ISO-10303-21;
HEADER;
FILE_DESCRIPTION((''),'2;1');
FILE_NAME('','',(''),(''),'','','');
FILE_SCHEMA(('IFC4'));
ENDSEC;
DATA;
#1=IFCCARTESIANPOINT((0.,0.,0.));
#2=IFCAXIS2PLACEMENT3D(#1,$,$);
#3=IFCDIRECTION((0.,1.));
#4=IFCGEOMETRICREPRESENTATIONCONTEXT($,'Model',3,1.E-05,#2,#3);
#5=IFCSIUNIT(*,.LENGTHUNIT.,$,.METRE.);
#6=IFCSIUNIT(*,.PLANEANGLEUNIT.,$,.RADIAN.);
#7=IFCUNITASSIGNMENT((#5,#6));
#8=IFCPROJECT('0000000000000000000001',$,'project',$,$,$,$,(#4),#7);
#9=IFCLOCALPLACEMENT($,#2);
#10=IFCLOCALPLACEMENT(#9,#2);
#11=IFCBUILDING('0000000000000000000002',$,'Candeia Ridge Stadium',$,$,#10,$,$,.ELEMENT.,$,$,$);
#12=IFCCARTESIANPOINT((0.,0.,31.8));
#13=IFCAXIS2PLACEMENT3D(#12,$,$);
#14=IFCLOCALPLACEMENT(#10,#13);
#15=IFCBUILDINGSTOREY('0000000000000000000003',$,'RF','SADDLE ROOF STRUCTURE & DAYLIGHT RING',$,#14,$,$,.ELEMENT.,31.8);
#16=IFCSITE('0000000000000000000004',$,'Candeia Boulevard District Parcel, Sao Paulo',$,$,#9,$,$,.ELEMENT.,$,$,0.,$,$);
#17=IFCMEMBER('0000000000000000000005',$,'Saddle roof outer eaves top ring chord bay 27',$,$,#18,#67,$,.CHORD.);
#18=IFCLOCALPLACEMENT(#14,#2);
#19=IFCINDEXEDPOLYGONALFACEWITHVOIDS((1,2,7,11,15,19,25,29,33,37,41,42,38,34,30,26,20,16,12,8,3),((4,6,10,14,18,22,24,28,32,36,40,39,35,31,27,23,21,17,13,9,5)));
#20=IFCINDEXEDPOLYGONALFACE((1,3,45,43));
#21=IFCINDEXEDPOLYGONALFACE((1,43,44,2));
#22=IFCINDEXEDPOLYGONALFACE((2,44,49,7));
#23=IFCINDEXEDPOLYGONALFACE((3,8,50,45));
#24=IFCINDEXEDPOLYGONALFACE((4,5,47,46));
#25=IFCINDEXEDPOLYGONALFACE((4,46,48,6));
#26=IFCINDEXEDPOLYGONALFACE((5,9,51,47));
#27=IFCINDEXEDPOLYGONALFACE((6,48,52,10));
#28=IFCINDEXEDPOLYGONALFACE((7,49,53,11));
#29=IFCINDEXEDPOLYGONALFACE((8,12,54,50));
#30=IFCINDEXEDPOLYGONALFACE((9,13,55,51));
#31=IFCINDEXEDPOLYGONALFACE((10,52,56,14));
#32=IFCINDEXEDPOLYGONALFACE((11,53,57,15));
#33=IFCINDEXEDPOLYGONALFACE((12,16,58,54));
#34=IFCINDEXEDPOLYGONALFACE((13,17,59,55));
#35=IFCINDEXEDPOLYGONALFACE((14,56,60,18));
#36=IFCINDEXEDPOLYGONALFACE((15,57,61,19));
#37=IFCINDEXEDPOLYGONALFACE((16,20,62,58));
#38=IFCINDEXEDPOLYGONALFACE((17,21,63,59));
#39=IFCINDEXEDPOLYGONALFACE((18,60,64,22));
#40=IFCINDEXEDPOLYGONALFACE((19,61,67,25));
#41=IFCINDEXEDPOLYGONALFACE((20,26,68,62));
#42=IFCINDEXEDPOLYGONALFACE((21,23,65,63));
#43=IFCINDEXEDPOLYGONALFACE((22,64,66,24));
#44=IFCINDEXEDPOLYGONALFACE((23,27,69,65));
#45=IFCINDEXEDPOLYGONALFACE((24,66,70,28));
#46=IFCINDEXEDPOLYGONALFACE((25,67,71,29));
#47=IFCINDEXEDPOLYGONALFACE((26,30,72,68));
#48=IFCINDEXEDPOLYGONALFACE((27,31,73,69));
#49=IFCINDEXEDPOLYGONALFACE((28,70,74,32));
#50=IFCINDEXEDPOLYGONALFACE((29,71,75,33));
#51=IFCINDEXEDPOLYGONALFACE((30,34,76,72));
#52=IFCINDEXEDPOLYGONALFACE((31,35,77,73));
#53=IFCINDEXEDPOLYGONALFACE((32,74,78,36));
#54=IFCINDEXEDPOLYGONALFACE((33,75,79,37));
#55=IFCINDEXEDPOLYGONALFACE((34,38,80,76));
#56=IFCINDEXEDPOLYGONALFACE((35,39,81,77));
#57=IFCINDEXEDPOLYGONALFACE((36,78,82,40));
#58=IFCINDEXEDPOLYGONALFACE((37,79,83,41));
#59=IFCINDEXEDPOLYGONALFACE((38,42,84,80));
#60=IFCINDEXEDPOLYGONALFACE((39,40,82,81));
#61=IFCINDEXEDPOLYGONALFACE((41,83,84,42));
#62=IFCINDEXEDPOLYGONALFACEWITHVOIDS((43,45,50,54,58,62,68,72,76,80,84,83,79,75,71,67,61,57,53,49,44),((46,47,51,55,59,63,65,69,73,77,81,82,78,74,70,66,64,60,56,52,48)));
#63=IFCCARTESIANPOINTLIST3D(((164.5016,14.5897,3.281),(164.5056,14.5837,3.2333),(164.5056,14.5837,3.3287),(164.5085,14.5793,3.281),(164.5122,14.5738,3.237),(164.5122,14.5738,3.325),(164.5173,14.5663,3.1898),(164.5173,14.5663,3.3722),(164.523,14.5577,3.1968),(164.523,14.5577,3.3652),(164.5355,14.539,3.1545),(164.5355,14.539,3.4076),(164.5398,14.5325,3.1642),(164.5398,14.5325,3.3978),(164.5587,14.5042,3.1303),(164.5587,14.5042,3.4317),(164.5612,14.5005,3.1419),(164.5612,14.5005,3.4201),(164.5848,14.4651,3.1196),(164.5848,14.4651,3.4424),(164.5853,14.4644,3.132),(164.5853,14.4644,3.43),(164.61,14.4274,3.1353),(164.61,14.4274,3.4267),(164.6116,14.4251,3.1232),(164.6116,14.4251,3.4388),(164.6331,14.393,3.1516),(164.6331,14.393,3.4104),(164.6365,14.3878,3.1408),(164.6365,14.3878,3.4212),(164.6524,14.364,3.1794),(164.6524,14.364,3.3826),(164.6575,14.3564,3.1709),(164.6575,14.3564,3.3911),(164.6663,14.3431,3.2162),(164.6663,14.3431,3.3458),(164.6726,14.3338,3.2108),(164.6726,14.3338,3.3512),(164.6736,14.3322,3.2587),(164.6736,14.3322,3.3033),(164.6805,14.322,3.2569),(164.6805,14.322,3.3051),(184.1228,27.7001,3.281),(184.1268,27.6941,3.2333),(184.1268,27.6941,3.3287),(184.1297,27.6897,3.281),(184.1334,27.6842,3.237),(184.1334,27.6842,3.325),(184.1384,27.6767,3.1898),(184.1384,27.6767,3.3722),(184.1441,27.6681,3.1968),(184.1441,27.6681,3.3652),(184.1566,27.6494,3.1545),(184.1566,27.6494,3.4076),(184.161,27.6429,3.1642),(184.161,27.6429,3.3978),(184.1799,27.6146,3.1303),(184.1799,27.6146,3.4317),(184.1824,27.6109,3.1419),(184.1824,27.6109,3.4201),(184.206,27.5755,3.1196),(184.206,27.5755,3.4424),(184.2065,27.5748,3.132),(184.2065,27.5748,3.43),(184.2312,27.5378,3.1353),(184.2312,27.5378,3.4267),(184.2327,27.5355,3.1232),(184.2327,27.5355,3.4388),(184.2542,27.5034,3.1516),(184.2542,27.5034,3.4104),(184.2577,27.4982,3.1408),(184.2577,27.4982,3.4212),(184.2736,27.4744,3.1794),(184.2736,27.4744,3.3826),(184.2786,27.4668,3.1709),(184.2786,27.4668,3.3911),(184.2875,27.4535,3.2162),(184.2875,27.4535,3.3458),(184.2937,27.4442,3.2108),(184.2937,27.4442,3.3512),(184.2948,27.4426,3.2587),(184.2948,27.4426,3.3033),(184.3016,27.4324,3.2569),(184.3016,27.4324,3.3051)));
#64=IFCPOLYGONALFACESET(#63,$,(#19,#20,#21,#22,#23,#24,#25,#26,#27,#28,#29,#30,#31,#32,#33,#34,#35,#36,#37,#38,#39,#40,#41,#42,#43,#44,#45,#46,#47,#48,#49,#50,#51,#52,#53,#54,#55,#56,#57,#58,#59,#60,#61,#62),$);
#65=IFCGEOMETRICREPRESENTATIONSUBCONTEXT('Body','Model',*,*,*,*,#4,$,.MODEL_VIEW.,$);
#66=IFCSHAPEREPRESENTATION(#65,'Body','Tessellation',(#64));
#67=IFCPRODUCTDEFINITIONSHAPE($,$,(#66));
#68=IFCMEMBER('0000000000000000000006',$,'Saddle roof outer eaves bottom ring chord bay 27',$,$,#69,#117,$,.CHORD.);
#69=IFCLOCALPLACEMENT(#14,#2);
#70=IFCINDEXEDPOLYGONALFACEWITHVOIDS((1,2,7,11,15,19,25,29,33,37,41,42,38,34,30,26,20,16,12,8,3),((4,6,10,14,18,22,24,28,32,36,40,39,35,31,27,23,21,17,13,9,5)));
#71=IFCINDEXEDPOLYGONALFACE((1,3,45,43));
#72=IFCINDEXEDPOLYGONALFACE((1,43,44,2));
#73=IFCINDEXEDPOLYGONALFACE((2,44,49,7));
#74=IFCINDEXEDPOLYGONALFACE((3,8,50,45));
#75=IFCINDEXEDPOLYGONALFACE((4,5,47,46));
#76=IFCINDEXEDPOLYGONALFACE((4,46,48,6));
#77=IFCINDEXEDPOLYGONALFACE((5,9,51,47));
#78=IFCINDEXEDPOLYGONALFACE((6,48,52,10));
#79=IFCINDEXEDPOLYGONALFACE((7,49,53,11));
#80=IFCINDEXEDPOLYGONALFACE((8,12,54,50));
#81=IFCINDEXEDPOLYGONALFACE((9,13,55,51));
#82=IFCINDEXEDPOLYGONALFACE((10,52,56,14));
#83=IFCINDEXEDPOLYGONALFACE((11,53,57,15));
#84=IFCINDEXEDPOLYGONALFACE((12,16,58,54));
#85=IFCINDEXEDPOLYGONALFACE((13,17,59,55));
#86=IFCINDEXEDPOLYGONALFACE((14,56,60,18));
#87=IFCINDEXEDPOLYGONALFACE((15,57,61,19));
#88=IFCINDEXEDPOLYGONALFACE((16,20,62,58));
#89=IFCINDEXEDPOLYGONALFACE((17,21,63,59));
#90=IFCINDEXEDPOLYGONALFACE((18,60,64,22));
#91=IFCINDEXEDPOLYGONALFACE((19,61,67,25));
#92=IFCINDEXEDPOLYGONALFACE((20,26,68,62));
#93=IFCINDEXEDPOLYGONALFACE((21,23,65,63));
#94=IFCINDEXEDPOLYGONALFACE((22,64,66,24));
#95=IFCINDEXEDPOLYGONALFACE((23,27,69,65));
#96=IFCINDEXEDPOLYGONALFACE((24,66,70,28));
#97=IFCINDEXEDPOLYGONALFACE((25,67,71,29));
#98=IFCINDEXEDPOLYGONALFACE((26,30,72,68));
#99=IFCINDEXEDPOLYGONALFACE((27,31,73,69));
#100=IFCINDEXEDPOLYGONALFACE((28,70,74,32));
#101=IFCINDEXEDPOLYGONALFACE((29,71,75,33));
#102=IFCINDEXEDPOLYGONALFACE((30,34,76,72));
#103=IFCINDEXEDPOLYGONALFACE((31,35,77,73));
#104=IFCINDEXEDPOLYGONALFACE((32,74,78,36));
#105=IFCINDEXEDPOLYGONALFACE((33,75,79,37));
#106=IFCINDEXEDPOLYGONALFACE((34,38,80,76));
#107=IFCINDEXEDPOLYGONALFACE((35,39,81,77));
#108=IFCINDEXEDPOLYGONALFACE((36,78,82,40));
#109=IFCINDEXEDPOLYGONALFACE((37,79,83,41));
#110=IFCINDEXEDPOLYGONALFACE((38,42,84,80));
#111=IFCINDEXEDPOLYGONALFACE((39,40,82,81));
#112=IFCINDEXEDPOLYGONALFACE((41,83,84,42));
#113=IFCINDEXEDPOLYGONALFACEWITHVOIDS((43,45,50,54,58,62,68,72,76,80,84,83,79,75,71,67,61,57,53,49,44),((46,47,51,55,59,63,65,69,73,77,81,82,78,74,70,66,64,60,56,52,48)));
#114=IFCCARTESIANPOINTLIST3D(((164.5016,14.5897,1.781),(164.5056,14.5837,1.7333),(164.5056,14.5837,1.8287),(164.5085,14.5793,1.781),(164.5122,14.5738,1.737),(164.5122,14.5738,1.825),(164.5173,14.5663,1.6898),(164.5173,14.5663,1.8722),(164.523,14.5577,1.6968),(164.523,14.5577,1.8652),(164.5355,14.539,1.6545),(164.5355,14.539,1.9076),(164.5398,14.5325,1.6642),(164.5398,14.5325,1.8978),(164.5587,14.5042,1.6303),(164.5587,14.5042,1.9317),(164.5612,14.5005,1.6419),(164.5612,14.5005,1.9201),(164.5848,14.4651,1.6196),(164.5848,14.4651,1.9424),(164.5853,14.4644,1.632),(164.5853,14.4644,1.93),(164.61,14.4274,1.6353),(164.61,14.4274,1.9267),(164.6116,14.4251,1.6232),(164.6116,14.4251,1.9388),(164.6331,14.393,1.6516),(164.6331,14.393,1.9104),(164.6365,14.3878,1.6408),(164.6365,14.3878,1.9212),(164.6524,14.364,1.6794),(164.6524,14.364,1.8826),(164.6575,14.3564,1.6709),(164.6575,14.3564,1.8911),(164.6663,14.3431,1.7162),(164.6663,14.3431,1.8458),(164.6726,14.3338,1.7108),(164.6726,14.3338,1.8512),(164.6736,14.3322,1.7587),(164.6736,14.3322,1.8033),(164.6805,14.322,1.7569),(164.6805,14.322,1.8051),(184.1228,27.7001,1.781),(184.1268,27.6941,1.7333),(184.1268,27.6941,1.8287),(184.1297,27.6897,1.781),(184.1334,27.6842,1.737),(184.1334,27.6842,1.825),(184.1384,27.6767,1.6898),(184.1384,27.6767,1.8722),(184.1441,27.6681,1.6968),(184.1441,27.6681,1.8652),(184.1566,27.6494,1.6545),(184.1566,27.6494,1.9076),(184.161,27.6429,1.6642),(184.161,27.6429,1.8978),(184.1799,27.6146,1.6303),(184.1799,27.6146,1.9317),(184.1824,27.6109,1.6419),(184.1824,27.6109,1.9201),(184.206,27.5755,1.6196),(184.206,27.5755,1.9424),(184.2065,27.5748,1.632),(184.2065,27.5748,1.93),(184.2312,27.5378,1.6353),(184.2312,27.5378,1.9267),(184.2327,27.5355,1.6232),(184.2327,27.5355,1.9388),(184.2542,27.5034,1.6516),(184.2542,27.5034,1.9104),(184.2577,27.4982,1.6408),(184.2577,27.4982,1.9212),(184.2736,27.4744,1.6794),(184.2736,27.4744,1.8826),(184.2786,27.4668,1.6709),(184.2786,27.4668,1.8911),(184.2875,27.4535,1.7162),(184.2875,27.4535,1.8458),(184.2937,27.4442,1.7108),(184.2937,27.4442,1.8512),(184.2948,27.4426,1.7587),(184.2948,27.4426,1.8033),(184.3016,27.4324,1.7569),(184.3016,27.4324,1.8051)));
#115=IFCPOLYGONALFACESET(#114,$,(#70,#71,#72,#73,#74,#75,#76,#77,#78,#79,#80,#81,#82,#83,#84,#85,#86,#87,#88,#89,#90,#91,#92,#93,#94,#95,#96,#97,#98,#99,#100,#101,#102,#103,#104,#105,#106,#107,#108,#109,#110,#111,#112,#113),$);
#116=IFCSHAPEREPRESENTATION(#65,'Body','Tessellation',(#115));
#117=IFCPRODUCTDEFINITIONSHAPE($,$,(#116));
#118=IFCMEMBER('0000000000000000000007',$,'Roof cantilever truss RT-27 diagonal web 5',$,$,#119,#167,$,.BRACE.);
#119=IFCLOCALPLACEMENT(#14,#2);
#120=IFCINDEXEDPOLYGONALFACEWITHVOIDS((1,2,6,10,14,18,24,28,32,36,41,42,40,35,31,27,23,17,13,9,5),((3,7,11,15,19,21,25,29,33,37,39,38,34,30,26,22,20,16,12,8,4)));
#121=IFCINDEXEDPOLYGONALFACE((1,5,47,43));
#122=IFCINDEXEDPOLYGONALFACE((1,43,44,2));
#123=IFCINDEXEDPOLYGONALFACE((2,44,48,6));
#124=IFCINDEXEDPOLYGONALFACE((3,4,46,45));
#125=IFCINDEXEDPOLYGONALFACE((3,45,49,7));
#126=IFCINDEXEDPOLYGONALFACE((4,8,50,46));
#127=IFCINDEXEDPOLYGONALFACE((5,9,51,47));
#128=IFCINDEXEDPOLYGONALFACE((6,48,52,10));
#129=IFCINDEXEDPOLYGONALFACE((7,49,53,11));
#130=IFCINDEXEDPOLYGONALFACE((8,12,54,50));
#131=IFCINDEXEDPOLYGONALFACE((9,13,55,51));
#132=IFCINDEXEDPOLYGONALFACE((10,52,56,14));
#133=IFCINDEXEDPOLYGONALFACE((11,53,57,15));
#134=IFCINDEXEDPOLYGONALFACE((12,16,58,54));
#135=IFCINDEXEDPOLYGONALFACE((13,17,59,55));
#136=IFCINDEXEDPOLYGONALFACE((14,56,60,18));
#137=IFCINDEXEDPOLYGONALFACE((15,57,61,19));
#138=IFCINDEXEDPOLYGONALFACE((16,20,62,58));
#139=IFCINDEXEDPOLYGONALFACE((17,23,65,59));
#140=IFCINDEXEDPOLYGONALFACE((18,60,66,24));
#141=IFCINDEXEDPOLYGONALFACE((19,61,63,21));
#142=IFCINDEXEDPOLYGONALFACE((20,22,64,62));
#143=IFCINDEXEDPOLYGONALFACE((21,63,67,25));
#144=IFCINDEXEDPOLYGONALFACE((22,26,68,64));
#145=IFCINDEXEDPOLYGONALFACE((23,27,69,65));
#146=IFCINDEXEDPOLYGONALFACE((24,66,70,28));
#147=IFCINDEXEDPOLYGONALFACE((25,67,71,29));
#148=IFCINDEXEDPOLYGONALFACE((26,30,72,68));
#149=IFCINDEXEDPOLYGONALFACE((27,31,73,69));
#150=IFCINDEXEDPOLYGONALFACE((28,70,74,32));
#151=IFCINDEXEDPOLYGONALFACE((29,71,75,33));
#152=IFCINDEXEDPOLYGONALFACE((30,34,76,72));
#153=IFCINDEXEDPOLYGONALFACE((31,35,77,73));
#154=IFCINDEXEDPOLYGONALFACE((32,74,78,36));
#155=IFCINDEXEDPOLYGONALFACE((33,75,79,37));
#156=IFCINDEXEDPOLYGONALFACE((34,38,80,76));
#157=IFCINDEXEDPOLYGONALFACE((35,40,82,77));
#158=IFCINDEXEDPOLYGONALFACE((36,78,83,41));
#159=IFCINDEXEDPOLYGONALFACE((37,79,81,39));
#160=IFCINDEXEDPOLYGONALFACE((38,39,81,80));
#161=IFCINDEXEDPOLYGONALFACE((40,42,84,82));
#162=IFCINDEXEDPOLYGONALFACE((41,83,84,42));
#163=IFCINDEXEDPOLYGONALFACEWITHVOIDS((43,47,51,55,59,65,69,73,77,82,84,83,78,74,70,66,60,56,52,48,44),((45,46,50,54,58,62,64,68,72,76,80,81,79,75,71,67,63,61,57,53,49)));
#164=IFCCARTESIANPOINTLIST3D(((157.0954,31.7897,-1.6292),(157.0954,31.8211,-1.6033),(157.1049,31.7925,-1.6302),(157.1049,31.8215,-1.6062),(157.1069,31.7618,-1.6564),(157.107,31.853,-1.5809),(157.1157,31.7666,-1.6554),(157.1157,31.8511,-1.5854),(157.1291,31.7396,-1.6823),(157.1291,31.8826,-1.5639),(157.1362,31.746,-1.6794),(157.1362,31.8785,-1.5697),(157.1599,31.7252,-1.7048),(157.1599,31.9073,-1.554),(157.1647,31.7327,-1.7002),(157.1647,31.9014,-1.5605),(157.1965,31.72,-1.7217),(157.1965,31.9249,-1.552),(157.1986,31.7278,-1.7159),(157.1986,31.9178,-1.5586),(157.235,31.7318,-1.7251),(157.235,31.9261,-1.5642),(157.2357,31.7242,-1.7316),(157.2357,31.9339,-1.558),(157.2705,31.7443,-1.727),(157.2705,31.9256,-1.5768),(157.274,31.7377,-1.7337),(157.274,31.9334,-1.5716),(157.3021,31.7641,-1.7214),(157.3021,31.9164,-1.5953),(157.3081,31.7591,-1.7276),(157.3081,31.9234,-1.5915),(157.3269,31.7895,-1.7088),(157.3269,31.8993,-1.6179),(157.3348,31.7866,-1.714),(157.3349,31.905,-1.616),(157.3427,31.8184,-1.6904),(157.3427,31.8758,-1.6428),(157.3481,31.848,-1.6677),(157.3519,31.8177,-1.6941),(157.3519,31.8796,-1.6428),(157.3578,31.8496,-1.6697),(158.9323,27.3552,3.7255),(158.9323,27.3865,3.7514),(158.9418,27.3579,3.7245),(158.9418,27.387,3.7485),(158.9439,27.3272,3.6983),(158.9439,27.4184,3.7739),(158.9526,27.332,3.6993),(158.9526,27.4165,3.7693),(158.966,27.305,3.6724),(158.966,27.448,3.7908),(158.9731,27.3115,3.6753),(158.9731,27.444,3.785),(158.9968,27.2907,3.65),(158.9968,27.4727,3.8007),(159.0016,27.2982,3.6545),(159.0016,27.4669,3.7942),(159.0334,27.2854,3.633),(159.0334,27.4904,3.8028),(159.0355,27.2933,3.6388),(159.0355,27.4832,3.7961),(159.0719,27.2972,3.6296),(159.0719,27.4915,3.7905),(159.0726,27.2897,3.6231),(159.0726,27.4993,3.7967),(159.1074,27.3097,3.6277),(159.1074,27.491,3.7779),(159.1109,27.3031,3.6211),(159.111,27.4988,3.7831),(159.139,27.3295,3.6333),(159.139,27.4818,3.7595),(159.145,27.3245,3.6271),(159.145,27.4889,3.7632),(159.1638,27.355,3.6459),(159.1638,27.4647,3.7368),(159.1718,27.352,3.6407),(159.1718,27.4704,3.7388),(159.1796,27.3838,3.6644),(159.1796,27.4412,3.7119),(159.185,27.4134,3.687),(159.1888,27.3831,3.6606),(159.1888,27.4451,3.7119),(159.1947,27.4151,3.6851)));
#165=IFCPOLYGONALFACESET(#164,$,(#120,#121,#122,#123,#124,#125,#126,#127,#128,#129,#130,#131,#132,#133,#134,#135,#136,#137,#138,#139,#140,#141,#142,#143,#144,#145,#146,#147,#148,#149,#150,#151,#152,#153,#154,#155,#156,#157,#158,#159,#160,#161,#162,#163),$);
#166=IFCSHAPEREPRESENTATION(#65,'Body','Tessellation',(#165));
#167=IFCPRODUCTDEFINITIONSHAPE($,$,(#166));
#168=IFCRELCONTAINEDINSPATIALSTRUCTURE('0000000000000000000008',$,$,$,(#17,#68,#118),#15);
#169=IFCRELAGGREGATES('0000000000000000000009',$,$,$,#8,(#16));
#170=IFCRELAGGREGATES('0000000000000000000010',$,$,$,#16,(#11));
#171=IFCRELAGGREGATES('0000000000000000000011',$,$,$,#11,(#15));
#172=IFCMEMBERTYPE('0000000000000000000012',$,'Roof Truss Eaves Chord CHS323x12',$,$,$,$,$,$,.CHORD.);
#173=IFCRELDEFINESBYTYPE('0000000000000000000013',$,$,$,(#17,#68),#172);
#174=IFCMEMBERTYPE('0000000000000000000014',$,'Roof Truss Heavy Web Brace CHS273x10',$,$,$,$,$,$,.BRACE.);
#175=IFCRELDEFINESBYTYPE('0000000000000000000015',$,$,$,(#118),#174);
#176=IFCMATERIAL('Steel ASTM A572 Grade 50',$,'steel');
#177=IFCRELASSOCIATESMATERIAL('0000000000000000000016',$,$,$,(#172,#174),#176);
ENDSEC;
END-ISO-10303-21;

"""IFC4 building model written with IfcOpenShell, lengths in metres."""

from ifc_helpers import new_model, si_unit, direction, frame, origin, origin_2d, place, context, subcontext, project, spatial, hollow_circle, extrude, material, material_profile, profile_set, type_object, element, save


model = new_model("IFC4")

# Units and contexts
model_context = context("Model", 3, precision=1e-05, world=origin(), true_north=direction((0.0, 1.0)))
body_context = subcontext(model_context, "Body", "Model", "MODEL_VIEW")
ifc_project = project(units=[si_unit("LENGTHUNIT", "METRE"), si_unit("PLANEANGLEUNIT", "RADIAN")], contexts=[model_context])

# Site, building, storey
site_placement = place(None, origin())
site = spatial("IfcSite", under=ifc_project, at=site_placement, Name="Candeia Boulevard District Parcel, Sao Paulo", CompositionType="ELEMENT", RefElevation=0.0)
building_placement = place(site_placement, origin())
building = spatial("IfcBuilding", under=site, at=building_placement, Name="Candeia Ridge Stadium", CompositionType="ELEMENT")
storey_placement = place(building_placement, frame((0.0, 0.0, 31.8)))
storey = spatial("IfcBuildingStorey", under=building, at=storey_placement, Name="RF", Description="SADDLE ROOF STRUCTURE & DAYLIGHT RING", CompositionType="ELEMENT", Elevation=31.8)

# Shared definitions
ifc_material_1 = material(Name="Steel ASTM A572 Grade 50", Category="steel")

# Members
ifc_material_profile_1 = material_profile(ifc_material_1, hollow_circle(Radius=0.1619, WallThickness=0.0125, at=origin_2d()), Name="CHS323x12", Category="steel")
ifc_profile_set_1 = profile_set([ifc_material_profile_1], Name="Steel ASTM A572 Grade 50")
member_type_1 = type_object("IfcMemberType", Name="Roof Truss Eaves Chord CHS323x12", PredefinedType="CHORD", material=ifc_profile_set_1)
for number, where, z_axis, x_axis, name in (
    (1, (164.5916, 14.4551, 3.281), (0.83147, 0.555569, 0.0), (-0.555569, 0.83147, 0.0), "Saddle roof outer eaves top ring chord bay 27"),
    (2, (164.5916, 14.4551, 1.781), (0.83147, 0.555569, 0.0), (-0.555569, 0.83147, 0.0), "Saddle roof outer eaves bottom ring chord bay 27"),
):
    element("IfcMember", number, at=place(storey_placement, frame(where, z_axis=z_axis, x_axis=x_axis)), inside=storey, type_object=member_type_1, Name=name, PredefinedType="CHORD", context=body_context, shape_type="SweptSolid", body=[
        extrude(hollow_circle(Radius=0.1619, WallThickness=0.0125, at=origin_2d()), origin(), (0.0, 0.0, 1.0), 23.5981),
    ])
ifc_material_profile_2 = material_profile(ifc_material_1, hollow_circle(Radius=0.1365, WallThickness=0.01, at=origin_2d()), Name="CHS273x10", Category="steel")
ifc_profile_set_2 = profile_set([ifc_material_profile_2], Name="Steel ASTM A572 Grade 50")
member_type_2 = type_object("IfcMemberType", Name="Roof Truss Heavy Web Brace CHS273x10", PredefinedType="BRACE", material=ifc_profile_set_2)
member_1_placement = place(storey_placement, frame((157.2258, 31.8274, -1.6428), z_axis=(0.25544, -0.616669, 0.744627), x_axis=(0.923875, 0.382693, 0.0)))
element("IfcMember", 3, at=member_1_placement, inside=storey, type_object=member_type_2, Name="Roof cantilever truss RT-27 diagonal web 5", PredefinedType="BRACE", context=body_context, shape_type="SweptSolid", body=[
    extrude(hollow_circle(Radius=0.1365, WallThickness=0.01, at=origin_2d()), origin(), (0.0, 0.0, 1.0), 7.1912),
])

save(model, "model.ifc")
